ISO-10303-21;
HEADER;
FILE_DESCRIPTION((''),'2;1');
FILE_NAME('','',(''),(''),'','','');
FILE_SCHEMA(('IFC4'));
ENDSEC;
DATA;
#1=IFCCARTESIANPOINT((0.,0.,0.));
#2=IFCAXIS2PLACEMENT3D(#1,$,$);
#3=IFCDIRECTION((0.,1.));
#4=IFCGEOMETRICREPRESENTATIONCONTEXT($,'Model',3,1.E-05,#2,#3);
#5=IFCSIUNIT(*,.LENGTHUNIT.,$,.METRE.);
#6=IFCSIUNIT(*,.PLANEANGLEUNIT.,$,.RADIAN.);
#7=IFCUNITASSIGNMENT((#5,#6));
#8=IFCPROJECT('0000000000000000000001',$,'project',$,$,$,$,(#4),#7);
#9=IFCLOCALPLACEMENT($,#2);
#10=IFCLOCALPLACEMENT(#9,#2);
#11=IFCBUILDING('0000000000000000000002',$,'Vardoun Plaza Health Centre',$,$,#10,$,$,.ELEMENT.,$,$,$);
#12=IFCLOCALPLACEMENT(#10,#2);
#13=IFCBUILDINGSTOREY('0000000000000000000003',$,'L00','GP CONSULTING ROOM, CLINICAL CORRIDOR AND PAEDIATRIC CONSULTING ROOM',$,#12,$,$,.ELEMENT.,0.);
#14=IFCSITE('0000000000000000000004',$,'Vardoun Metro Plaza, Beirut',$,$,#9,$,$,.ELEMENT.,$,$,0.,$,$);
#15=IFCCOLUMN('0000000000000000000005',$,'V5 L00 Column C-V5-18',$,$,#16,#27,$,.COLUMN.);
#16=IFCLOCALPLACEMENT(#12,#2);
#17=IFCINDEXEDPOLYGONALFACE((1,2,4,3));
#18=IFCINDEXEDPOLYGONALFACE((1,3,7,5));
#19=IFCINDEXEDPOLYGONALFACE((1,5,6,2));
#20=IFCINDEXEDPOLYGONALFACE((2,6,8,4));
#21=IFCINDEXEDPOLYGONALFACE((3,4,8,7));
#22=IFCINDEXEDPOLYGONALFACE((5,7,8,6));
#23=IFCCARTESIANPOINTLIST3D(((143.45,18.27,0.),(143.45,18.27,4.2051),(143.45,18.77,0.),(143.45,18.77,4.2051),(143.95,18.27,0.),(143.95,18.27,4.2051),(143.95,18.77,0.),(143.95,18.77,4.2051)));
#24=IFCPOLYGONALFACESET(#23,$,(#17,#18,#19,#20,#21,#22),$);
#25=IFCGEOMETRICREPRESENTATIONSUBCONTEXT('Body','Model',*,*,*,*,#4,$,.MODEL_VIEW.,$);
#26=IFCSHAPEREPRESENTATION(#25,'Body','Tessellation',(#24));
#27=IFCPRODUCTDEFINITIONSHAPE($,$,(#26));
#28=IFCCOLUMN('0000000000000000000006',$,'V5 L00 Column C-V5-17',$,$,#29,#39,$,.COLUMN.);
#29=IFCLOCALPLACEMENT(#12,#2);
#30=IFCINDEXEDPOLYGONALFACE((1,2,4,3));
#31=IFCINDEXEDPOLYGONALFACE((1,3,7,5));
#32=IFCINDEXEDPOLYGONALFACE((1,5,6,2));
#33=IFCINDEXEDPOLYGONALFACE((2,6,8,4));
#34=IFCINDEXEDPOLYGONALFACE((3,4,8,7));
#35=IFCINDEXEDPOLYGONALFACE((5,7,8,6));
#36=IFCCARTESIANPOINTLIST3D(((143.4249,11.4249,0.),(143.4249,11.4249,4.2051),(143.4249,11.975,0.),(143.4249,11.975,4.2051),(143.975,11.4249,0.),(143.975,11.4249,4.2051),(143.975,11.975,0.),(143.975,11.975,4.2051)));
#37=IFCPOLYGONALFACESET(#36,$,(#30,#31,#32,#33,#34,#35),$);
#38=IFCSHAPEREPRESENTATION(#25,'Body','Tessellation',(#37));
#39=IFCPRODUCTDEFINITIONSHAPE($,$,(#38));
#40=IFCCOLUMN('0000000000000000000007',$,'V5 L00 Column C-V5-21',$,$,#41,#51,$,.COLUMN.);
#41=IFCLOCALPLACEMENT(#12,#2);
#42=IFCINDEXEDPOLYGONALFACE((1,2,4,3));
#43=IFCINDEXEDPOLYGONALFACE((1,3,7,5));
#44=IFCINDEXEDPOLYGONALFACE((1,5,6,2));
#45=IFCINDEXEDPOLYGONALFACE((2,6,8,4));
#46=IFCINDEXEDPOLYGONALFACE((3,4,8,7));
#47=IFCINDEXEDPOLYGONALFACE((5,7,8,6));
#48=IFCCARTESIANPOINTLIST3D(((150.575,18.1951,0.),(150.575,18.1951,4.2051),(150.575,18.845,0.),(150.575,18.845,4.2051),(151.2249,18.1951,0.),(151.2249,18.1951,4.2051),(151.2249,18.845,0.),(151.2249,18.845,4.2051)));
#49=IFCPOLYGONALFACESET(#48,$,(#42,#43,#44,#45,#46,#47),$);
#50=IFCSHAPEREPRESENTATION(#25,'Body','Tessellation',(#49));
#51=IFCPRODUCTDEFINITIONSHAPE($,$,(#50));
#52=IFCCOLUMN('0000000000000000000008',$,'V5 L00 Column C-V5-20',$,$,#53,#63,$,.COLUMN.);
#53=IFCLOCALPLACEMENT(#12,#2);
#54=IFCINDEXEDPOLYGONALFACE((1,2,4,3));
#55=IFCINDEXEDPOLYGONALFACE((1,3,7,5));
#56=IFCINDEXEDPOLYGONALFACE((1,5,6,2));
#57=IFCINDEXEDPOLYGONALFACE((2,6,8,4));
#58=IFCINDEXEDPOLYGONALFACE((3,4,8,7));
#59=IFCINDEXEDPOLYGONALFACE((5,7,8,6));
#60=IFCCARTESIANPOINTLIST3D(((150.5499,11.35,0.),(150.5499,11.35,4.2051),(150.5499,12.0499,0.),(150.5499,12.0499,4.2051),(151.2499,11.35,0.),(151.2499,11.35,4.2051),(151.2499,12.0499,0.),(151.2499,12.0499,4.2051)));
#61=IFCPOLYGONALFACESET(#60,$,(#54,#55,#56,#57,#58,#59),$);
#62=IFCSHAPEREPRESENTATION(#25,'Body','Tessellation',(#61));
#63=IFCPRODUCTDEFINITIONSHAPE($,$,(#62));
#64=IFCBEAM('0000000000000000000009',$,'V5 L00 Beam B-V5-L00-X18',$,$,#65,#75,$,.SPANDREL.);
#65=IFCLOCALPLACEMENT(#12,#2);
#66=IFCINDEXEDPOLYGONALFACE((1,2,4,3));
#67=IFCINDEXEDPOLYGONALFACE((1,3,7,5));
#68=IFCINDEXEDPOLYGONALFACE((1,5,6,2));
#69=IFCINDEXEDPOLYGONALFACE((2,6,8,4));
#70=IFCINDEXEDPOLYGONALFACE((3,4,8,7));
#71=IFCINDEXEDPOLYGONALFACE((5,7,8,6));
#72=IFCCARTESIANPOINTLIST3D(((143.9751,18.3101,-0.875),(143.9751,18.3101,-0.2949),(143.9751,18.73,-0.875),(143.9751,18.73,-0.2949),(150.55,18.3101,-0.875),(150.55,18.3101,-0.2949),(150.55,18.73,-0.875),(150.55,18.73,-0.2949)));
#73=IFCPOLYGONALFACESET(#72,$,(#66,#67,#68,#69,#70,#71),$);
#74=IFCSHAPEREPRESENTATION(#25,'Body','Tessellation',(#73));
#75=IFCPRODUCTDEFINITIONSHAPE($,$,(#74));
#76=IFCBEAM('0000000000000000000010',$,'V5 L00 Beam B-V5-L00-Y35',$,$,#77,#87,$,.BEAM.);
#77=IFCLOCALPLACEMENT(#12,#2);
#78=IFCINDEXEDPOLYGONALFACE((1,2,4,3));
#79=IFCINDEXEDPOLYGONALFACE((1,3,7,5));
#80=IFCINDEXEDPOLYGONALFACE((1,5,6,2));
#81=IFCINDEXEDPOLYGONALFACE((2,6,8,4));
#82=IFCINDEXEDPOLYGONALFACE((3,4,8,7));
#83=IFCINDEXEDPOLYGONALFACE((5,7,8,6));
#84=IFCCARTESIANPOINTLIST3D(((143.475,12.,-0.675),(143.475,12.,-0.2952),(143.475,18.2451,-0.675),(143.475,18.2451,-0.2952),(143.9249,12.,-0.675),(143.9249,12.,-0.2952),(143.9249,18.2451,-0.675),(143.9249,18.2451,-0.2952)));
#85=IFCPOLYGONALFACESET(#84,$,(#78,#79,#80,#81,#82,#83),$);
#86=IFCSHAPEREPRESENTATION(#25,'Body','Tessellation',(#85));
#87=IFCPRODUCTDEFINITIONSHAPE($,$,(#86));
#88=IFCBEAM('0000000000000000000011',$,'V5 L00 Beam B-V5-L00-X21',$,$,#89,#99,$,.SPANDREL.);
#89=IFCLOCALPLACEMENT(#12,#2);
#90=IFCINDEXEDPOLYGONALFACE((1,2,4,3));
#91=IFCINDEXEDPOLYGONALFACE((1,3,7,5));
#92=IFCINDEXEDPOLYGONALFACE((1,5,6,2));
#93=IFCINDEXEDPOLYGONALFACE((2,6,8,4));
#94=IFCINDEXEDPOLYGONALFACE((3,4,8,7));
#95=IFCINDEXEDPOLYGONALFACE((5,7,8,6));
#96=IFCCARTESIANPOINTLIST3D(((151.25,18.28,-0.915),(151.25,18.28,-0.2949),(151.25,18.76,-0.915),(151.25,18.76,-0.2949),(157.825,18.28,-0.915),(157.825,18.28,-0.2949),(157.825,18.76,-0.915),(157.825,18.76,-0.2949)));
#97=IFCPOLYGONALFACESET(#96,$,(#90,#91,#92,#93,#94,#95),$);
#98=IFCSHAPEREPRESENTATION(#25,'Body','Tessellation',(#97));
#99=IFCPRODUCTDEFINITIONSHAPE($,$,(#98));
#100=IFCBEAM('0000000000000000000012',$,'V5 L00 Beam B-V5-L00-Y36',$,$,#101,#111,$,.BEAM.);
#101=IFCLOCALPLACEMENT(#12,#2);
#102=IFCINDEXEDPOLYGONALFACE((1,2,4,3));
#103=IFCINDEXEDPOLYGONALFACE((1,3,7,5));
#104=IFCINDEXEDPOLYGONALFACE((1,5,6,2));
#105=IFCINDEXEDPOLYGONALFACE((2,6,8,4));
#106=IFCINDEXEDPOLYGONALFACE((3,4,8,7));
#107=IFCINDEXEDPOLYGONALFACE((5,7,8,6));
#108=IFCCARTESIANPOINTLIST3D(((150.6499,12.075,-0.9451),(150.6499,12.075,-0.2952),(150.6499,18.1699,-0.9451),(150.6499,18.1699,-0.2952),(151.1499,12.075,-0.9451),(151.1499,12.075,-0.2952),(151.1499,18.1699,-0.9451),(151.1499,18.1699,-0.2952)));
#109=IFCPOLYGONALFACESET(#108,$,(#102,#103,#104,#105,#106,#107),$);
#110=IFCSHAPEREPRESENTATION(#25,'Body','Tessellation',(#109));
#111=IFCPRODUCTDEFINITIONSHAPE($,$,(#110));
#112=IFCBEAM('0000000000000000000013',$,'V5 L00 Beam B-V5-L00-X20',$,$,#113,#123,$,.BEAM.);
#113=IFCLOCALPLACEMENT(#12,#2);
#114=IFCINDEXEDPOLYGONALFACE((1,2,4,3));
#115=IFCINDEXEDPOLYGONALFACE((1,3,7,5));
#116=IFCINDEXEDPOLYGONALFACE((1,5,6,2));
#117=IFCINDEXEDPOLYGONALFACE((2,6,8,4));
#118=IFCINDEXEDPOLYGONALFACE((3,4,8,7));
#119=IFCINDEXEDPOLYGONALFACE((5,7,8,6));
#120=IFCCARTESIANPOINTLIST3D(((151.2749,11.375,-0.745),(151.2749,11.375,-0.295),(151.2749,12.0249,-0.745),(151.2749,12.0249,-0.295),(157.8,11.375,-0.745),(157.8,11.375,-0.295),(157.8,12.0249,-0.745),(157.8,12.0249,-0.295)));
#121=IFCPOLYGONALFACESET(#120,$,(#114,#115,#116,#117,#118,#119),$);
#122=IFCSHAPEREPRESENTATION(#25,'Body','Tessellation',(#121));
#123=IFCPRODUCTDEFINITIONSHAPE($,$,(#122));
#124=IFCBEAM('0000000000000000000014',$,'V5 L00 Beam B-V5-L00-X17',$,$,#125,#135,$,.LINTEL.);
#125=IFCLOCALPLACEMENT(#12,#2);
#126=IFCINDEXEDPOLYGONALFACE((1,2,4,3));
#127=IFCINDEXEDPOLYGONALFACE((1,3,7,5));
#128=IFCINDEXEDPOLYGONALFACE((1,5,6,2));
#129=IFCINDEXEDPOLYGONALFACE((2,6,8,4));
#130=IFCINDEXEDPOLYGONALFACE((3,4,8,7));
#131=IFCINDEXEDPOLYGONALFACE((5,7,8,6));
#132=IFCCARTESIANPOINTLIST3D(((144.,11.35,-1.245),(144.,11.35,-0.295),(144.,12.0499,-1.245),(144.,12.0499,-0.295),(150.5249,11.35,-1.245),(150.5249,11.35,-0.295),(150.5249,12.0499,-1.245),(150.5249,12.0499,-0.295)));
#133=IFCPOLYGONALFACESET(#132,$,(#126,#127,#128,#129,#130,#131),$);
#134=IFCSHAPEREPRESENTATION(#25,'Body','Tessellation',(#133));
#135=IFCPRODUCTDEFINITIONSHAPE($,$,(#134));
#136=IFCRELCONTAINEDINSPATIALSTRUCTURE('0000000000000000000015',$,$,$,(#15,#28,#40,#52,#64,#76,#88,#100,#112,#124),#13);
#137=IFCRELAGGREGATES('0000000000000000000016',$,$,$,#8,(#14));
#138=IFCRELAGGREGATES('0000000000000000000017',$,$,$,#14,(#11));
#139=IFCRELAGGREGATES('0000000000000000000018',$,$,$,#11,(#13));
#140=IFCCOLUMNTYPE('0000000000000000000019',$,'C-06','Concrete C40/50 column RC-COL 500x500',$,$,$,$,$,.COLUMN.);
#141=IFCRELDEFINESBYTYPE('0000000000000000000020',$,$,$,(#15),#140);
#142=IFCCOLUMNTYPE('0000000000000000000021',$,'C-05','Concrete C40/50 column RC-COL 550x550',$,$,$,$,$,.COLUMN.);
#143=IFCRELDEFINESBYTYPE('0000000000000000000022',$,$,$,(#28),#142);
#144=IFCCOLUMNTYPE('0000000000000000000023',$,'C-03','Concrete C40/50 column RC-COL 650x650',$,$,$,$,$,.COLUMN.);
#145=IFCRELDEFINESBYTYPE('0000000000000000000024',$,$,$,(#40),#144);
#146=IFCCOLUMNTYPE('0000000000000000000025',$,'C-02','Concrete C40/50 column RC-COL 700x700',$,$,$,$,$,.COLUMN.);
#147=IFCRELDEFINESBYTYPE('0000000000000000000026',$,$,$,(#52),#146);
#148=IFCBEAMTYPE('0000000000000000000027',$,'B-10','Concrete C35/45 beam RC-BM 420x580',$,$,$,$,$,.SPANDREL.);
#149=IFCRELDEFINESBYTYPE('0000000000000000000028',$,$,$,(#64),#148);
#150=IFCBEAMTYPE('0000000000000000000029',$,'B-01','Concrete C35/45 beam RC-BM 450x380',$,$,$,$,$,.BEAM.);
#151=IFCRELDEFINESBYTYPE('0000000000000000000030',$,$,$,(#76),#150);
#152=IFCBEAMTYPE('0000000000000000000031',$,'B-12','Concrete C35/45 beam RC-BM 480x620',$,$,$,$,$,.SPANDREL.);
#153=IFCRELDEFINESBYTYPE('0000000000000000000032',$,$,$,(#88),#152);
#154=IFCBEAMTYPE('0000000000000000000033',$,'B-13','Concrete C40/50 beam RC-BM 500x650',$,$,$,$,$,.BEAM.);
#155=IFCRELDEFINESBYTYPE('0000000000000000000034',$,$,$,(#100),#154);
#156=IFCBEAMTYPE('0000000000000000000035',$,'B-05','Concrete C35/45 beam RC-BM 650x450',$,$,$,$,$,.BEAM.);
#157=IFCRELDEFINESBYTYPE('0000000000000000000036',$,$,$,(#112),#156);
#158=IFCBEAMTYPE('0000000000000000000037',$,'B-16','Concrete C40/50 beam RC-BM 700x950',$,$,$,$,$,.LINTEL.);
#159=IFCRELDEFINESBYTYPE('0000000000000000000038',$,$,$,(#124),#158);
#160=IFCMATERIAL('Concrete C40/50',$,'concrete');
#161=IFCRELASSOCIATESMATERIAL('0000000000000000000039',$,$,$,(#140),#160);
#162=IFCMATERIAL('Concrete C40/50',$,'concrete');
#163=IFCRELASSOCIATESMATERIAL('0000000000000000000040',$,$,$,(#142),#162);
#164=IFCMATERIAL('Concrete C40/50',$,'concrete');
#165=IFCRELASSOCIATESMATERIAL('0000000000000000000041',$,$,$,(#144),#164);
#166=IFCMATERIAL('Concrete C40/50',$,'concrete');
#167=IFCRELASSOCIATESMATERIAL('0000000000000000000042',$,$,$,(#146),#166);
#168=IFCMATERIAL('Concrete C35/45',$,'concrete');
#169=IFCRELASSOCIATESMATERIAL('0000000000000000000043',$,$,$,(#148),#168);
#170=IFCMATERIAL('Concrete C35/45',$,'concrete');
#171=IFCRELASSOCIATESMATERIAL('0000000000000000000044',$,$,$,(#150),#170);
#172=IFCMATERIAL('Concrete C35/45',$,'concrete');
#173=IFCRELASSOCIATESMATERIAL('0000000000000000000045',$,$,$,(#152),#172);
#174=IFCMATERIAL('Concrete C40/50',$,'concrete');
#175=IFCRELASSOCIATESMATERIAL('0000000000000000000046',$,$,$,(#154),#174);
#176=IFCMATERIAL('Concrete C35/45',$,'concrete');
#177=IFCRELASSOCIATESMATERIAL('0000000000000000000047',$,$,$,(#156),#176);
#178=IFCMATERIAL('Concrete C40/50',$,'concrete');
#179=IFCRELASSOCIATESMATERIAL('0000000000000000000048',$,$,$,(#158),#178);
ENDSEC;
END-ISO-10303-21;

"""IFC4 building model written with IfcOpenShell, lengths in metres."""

from ifc_helpers import new_model, si_unit, direction, frame, origin, origin_2d, place, context, subcontext, project, spatial, rectangle, extrude, material, material_profile, profile_set, type_object, element, save


model = new_model("IFC4")

# Units and contexts
model_context = context("Model", 3, precision=1e-05, world=origin(), true_north=direction((0.0, 1.0)))
body_context = subcontext(model_context, "Body", "Model", "MODEL_VIEW")
ifc_project = project(units=[si_unit("LENGTHUNIT", "METRE"), si_unit("PLANEANGLEUNIT", "RADIAN")], contexts=[model_context])

# Site, building, storey
site_placement = place(None, origin())
site = spatial("IfcSite", under=ifc_project, at=site_placement, Name="Vardoun Metro Plaza, Beirut", CompositionType="ELEMENT", RefElevation=0.0)
building_placement = place(site_placement, origin())
building = spatial("IfcBuilding", under=site, at=building_placement, Name="Vardoun Plaza Health Centre", CompositionType="ELEMENT")
storey_placement = place(building_placement, origin())
storey = spatial("IfcBuildingStorey", under=building, at=storey_placement, Name="L00", Description="GP CONSULTING ROOM, CLINICAL CORRIDOR AND PAEDIATRIC CONSULTING ROOM", CompositionType="ELEMENT", Elevation=0.0)

# Columns
ifc_material_1 = material(Name="Concrete C40/50", Category="concrete")
ifc_material_profile_1 = material_profile(ifc_material_1, rectangle(XDim=0.5, YDim=0.5, at=origin_2d()), Name="RC-COL 500x500")
ifc_profile_set_1 = profile_set([ifc_material_profile_1], Name="Concrete C40/50")
column_type_1 = type_object("IfcColumnType", Name="C-06", Description="Concrete C40/50 column RC-COL 500x500", PredefinedType="COLUMN", material=ifc_profile_set_1)
column_1_placement = place(storey_placement, frame((143.7, 18.52, 0.0), z_axis=(0.0, 0.0, 1.0), x_axis=(1.0, 0.0, 0.0)))
element("IfcColumn", 1, at=column_1_placement, inside=storey, type_object=column_type_1, Name="V5 L00 Column C-V5-18", PredefinedType="COLUMN", context=body_context, shape_type="SweptSolid", body=[
    extrude(rectangle(XDim=0.5, YDim=0.5, at=origin_2d()), origin(), (0.0, 0.0, 1.0), 4.2051),
])
ifc_material_2 = material(Name="Concrete C40/50", Category="concrete")
ifc_material_profile_2 = material_profile(ifc_material_2, rectangle(XDim=0.55, YDim=0.55, at=origin_2d()), Name="RC-COL 550x550")
ifc_profile_set_2 = profile_set([ifc_material_profile_2], Name="Concrete C40/50")
column_type_2 = type_object("IfcColumnType", Name="C-05", Description="Concrete C40/50 column RC-COL 550x550", PredefinedType="COLUMN", material=ifc_profile_set_2)
column_2_placement = place(storey_placement, frame((143.7, 11.7, 0.0), z_axis=(0.0, 0.0, 1.0), x_axis=(1.0, 0.0, 0.0)))
element("IfcColumn", 2, at=column_2_placement, inside=storey, type_object=column_type_2, Name="V5 L00 Column C-V5-17", PredefinedType="COLUMN", context=body_context, shape_type="SweptSolid", body=[
    extrude(rectangle(XDim=0.55, YDim=0.55, at=origin_2d()), origin(), (0.0, 0.0, 1.0), 4.2051),
])
ifc_material_3 = material(Name="Concrete C40/50", Category="concrete")
ifc_material_profile_3 = material_profile(ifc_material_3, rectangle(XDim=0.6499, YDim=0.6499, at=origin_2d()), Name="RC-COL 650x650")
ifc_profile_set_3 = profile_set([ifc_material_profile_3], Name="Concrete C40/50")
column_type_3 = type_object("IfcColumnType", Name="C-03", Description="Concrete C40/50 column RC-COL 650x650", PredefinedType="COLUMN", material=ifc_profile_set_3)
column_3_placement = place(storey_placement, frame((150.8999, 18.52, 0.0), z_axis=(0.0, 0.0, 1.0), x_axis=(1.0, 0.0, 0.0)))
element("IfcColumn", 3, at=column_3_placement, inside=storey, type_object=column_type_3, Name="V5 L00 Column C-V5-21", PredefinedType="COLUMN", context=body_context, shape_type="SweptSolid", body=[
    extrude(rectangle(XDim=0.6499, YDim=0.6499, at=origin_2d()), origin(), (0.0, 0.0, 1.0), 4.2051),
])
ifc_material_4 = material(Name="Concrete C40/50", Category="concrete")
ifc_material_profile_4 = material_profile(ifc_material_4, rectangle(XDim=0.7, YDim=0.7, at=origin_2d()), Name="RC-COL 700x700")
ifc_profile_set_4 = profile_set([ifc_material_profile_4], Name="Concrete C40/50")
column_type_4 = type_object("IfcColumnType", Name="C-02", Description="Concrete C40/50 column RC-COL 700x700", PredefinedType="COLUMN", material=ifc_profile_set_4)
column_4_placement = place(storey_placement, frame((150.8999, 11.7, 0.0), z_axis=(0.0, 0.0, 1.0), x_axis=(1.0, 0.0, 0.0)))
element("IfcColumn", 4, at=column_4_placement, inside=storey, type_object=column_type_4, Name="V5 L00 Column C-V5-20", PredefinedType="COLUMN", context=body_context, shape_type="SweptSolid", body=[
    extrude(rectangle(XDim=0.7, YDim=0.7, at=origin_2d()), origin(), (0.0, 0.0, 1.0), 4.2051),
])

# Beams
ifc_material_5 = material(Name="Concrete C35/45", Category="concrete")
ifc_material_profile_5 = material_profile(ifc_material_5, rectangle(XDim=0.4199, YDim=0.5801, at=origin_2d()), Name="RC-BM 420x580")
ifc_profile_set_5 = profile_set([ifc_material_profile_5], Name="Concrete C35/45")
beam_type_1 = type_object("IfcBeamType", Name="B-10", Description="Concrete C35/45 beam RC-BM 420x580", PredefinedType="SPANDREL", material=ifc_profile_set_5)
beam_1_placement = place(storey_placement, frame((143.9751, 18.52, -0.585), z_axis=(1.0, 0.0, 0.0), x_axis=(0.0, 1.0, 0.0)))
element("IfcBeam", 5, at=beam_1_placement, inside=storey, type_object=beam_type_1, Name="V5 L00 Beam B-V5-L00-X18", PredefinedType="SPANDREL", context=body_context, shape_type="SweptSolid", body=[
    extrude(rectangle(XDim=0.4199, YDim=0.5801, at=origin_2d()), origin(), (0.0, 0.0, 1.0), 6.575),
])
ifc_material_6 = material(Name="Concrete C35/45", Category="concrete")
ifc_material_profile_6 = material_profile(ifc_material_6, rectangle(XDim=0.45, YDim=0.3799, at=origin_2d()), Name="RC-BM 450x380")
ifc_profile_set_6 = profile_set([ifc_material_profile_6], Name="Concrete C35/45")
beam_type_2 = type_object("IfcBeamType", Name="B-01", Description="Concrete C35/45 beam RC-BM 450x380", PredefinedType="BEAM", material=ifc_profile_set_6)
beam_2_placement = place(storey_placement, frame((143.7, 12.0, -0.4851), z_axis=(0.0, 1.0, 0.0), x_axis=(-1.0, 0.0, 0.0)))
element("IfcBeam", 6, at=beam_2_placement, inside=storey, type_object=beam_type_2, Name="V5 L00 Beam B-V5-L00-Y35", PredefinedType="BEAM", context=body_context, shape_type="SweptSolid", body=[
    extrude(rectangle(XDim=0.45, YDim=0.3799, at=origin_2d()), origin(), (0.0, 0.0, 1.0), 6.2451),
])
ifc_material_7 = material(Name="Concrete C35/45", Category="concrete")
ifc_material_profile_7 = material_profile(ifc_material_7, rectangle(XDim=0.48, YDim=0.6201, at=origin_2d()), Name="RC-BM 480x620")
ifc_profile_set_7 = profile_set([ifc_material_profile_7], Name="Concrete C35/45")
beam_type_3 = type_object("IfcBeamType", Name="B-12", Description="Concrete C35/45 beam RC-BM 480x620", PredefinedType="SPANDREL", material=ifc_profile_set_7)
beam_3_placement = place(storey_placement, frame((151.25, 18.52, -0.605), z_axis=(1.0, 0.0, 0.0), x_axis=(0.0, 1.0, 0.0)))
element("IfcBeam", 7, at=beam_3_placement, inside=storey, type_object=beam_type_3, Name="V5 L00 Beam B-V5-L00-X21", PredefinedType="SPANDREL", context=body_context, shape_type="SweptSolid", body=[
    extrude(rectangle(XDim=0.48, YDim=0.6201, at=origin_2d()), origin(), (0.0, 0.0, 1.0), 6.575),
])
ifc_material_8 = material(Name="Concrete C40/50", Category="concrete")
ifc_material_profile_8 = material_profile(ifc_material_8, rectangle(XDim=0.5, YDim=0.6499, at=origin_2d()), Name="RC-BM 500x650")
ifc_profile_set_8 = profile_set([ifc_material_profile_8], Name="Concrete C40/50")
beam_type_4 = type_object("IfcBeamType", Name="B-13", Description="Concrete C40/50 beam RC-BM 500x650", PredefinedType="BEAM", material=ifc_profile_set_8)
beam_4_placement = place(storey_placement, frame((150.8999, 12.075, -0.6201), z_axis=(0.0, 1.0, 0.0), x_axis=(-1.0, 0.0, 0.0)))
element("IfcBeam", 8, at=beam_4_placement, inside=storey, type_object=beam_type_4, Name="V5 L00 Beam B-V5-L00-Y36", PredefinedType="BEAM", context=body_context, shape_type="SweptSolid", body=[
    extrude(rectangle(XDim=0.5, YDim=0.6499, at=origin_2d()), origin(), (0.0, 0.0, 1.0), 6.095),
])
ifc_material_9 = material(Name="Concrete C35/45", Category="concrete")
ifc_material_profile_9 = material_profile(ifc_material_9, rectangle(XDim=0.6499, YDim=0.45, at=origin_2d()), Name="RC-BM 650x450")
ifc_profile_set_9 = profile_set([ifc_material_profile_9], Name="Concrete C35/45")
beam_type_5 = type_object("IfcBeamType", Name="B-05", Description="Concrete C35/45 beam RC-BM 650x450", PredefinedType="BEAM", material=ifc_profile_set_9)
beam_5_placement = place(storey_placement, frame((151.2749, 11.7, -0.52), z_axis=(1.0, 0.0, 0.0), x_axis=(0.0, 1.0, 0.0)))
element("IfcBeam", 9, at=beam_5_placement, inside=storey, type_object=beam_type_5, Name="V5 L00 Beam B-V5-L00-X20", PredefinedType="BEAM", context=body_context, shape_type="SweptSolid", body=[
    extrude(rectangle(XDim=0.6499, YDim=0.45, at=origin_2d()), origin(), (0.0, 0.0, 1.0), 6.5251),
])
ifc_material_10 = material(Name="Concrete C40/50", Category="concrete")
ifc_material_profile_10 = material_profile(ifc_material_10, rectangle(XDim=0.7, YDim=0.95, at=origin_2d()), Name="RC-BM 700x950")
ifc_profile_set_10 = profile_set([ifc_material_profile_10], Name="Concrete C40/50")
beam_type_6 = type_object("IfcBeamType", Name="B-16", Description="Concrete C40/50 beam RC-BM 700x950", PredefinedType="LINTEL", material=ifc_profile_set_10)
beam_6_placement = place(storey_placement, frame((144.0, 11.7, -0.77), z_axis=(1.0, 0.0, 0.0), x_axis=(0.0, 1.0, 0.0)))
element("IfcBeam", 10, at=beam_6_placement, inside=storey, type_object=beam_type_6, Name="V5 L00 Beam B-V5-L00-X17", PredefinedType="LINTEL", context=body_context, shape_type="SweptSolid", body=[
    extrude(rectangle(XDim=0.7, YDim=0.95, at=origin_2d()), origin(), (0.0, 0.0, 1.0), 6.5249),
])

save(model, "model.ifc")
